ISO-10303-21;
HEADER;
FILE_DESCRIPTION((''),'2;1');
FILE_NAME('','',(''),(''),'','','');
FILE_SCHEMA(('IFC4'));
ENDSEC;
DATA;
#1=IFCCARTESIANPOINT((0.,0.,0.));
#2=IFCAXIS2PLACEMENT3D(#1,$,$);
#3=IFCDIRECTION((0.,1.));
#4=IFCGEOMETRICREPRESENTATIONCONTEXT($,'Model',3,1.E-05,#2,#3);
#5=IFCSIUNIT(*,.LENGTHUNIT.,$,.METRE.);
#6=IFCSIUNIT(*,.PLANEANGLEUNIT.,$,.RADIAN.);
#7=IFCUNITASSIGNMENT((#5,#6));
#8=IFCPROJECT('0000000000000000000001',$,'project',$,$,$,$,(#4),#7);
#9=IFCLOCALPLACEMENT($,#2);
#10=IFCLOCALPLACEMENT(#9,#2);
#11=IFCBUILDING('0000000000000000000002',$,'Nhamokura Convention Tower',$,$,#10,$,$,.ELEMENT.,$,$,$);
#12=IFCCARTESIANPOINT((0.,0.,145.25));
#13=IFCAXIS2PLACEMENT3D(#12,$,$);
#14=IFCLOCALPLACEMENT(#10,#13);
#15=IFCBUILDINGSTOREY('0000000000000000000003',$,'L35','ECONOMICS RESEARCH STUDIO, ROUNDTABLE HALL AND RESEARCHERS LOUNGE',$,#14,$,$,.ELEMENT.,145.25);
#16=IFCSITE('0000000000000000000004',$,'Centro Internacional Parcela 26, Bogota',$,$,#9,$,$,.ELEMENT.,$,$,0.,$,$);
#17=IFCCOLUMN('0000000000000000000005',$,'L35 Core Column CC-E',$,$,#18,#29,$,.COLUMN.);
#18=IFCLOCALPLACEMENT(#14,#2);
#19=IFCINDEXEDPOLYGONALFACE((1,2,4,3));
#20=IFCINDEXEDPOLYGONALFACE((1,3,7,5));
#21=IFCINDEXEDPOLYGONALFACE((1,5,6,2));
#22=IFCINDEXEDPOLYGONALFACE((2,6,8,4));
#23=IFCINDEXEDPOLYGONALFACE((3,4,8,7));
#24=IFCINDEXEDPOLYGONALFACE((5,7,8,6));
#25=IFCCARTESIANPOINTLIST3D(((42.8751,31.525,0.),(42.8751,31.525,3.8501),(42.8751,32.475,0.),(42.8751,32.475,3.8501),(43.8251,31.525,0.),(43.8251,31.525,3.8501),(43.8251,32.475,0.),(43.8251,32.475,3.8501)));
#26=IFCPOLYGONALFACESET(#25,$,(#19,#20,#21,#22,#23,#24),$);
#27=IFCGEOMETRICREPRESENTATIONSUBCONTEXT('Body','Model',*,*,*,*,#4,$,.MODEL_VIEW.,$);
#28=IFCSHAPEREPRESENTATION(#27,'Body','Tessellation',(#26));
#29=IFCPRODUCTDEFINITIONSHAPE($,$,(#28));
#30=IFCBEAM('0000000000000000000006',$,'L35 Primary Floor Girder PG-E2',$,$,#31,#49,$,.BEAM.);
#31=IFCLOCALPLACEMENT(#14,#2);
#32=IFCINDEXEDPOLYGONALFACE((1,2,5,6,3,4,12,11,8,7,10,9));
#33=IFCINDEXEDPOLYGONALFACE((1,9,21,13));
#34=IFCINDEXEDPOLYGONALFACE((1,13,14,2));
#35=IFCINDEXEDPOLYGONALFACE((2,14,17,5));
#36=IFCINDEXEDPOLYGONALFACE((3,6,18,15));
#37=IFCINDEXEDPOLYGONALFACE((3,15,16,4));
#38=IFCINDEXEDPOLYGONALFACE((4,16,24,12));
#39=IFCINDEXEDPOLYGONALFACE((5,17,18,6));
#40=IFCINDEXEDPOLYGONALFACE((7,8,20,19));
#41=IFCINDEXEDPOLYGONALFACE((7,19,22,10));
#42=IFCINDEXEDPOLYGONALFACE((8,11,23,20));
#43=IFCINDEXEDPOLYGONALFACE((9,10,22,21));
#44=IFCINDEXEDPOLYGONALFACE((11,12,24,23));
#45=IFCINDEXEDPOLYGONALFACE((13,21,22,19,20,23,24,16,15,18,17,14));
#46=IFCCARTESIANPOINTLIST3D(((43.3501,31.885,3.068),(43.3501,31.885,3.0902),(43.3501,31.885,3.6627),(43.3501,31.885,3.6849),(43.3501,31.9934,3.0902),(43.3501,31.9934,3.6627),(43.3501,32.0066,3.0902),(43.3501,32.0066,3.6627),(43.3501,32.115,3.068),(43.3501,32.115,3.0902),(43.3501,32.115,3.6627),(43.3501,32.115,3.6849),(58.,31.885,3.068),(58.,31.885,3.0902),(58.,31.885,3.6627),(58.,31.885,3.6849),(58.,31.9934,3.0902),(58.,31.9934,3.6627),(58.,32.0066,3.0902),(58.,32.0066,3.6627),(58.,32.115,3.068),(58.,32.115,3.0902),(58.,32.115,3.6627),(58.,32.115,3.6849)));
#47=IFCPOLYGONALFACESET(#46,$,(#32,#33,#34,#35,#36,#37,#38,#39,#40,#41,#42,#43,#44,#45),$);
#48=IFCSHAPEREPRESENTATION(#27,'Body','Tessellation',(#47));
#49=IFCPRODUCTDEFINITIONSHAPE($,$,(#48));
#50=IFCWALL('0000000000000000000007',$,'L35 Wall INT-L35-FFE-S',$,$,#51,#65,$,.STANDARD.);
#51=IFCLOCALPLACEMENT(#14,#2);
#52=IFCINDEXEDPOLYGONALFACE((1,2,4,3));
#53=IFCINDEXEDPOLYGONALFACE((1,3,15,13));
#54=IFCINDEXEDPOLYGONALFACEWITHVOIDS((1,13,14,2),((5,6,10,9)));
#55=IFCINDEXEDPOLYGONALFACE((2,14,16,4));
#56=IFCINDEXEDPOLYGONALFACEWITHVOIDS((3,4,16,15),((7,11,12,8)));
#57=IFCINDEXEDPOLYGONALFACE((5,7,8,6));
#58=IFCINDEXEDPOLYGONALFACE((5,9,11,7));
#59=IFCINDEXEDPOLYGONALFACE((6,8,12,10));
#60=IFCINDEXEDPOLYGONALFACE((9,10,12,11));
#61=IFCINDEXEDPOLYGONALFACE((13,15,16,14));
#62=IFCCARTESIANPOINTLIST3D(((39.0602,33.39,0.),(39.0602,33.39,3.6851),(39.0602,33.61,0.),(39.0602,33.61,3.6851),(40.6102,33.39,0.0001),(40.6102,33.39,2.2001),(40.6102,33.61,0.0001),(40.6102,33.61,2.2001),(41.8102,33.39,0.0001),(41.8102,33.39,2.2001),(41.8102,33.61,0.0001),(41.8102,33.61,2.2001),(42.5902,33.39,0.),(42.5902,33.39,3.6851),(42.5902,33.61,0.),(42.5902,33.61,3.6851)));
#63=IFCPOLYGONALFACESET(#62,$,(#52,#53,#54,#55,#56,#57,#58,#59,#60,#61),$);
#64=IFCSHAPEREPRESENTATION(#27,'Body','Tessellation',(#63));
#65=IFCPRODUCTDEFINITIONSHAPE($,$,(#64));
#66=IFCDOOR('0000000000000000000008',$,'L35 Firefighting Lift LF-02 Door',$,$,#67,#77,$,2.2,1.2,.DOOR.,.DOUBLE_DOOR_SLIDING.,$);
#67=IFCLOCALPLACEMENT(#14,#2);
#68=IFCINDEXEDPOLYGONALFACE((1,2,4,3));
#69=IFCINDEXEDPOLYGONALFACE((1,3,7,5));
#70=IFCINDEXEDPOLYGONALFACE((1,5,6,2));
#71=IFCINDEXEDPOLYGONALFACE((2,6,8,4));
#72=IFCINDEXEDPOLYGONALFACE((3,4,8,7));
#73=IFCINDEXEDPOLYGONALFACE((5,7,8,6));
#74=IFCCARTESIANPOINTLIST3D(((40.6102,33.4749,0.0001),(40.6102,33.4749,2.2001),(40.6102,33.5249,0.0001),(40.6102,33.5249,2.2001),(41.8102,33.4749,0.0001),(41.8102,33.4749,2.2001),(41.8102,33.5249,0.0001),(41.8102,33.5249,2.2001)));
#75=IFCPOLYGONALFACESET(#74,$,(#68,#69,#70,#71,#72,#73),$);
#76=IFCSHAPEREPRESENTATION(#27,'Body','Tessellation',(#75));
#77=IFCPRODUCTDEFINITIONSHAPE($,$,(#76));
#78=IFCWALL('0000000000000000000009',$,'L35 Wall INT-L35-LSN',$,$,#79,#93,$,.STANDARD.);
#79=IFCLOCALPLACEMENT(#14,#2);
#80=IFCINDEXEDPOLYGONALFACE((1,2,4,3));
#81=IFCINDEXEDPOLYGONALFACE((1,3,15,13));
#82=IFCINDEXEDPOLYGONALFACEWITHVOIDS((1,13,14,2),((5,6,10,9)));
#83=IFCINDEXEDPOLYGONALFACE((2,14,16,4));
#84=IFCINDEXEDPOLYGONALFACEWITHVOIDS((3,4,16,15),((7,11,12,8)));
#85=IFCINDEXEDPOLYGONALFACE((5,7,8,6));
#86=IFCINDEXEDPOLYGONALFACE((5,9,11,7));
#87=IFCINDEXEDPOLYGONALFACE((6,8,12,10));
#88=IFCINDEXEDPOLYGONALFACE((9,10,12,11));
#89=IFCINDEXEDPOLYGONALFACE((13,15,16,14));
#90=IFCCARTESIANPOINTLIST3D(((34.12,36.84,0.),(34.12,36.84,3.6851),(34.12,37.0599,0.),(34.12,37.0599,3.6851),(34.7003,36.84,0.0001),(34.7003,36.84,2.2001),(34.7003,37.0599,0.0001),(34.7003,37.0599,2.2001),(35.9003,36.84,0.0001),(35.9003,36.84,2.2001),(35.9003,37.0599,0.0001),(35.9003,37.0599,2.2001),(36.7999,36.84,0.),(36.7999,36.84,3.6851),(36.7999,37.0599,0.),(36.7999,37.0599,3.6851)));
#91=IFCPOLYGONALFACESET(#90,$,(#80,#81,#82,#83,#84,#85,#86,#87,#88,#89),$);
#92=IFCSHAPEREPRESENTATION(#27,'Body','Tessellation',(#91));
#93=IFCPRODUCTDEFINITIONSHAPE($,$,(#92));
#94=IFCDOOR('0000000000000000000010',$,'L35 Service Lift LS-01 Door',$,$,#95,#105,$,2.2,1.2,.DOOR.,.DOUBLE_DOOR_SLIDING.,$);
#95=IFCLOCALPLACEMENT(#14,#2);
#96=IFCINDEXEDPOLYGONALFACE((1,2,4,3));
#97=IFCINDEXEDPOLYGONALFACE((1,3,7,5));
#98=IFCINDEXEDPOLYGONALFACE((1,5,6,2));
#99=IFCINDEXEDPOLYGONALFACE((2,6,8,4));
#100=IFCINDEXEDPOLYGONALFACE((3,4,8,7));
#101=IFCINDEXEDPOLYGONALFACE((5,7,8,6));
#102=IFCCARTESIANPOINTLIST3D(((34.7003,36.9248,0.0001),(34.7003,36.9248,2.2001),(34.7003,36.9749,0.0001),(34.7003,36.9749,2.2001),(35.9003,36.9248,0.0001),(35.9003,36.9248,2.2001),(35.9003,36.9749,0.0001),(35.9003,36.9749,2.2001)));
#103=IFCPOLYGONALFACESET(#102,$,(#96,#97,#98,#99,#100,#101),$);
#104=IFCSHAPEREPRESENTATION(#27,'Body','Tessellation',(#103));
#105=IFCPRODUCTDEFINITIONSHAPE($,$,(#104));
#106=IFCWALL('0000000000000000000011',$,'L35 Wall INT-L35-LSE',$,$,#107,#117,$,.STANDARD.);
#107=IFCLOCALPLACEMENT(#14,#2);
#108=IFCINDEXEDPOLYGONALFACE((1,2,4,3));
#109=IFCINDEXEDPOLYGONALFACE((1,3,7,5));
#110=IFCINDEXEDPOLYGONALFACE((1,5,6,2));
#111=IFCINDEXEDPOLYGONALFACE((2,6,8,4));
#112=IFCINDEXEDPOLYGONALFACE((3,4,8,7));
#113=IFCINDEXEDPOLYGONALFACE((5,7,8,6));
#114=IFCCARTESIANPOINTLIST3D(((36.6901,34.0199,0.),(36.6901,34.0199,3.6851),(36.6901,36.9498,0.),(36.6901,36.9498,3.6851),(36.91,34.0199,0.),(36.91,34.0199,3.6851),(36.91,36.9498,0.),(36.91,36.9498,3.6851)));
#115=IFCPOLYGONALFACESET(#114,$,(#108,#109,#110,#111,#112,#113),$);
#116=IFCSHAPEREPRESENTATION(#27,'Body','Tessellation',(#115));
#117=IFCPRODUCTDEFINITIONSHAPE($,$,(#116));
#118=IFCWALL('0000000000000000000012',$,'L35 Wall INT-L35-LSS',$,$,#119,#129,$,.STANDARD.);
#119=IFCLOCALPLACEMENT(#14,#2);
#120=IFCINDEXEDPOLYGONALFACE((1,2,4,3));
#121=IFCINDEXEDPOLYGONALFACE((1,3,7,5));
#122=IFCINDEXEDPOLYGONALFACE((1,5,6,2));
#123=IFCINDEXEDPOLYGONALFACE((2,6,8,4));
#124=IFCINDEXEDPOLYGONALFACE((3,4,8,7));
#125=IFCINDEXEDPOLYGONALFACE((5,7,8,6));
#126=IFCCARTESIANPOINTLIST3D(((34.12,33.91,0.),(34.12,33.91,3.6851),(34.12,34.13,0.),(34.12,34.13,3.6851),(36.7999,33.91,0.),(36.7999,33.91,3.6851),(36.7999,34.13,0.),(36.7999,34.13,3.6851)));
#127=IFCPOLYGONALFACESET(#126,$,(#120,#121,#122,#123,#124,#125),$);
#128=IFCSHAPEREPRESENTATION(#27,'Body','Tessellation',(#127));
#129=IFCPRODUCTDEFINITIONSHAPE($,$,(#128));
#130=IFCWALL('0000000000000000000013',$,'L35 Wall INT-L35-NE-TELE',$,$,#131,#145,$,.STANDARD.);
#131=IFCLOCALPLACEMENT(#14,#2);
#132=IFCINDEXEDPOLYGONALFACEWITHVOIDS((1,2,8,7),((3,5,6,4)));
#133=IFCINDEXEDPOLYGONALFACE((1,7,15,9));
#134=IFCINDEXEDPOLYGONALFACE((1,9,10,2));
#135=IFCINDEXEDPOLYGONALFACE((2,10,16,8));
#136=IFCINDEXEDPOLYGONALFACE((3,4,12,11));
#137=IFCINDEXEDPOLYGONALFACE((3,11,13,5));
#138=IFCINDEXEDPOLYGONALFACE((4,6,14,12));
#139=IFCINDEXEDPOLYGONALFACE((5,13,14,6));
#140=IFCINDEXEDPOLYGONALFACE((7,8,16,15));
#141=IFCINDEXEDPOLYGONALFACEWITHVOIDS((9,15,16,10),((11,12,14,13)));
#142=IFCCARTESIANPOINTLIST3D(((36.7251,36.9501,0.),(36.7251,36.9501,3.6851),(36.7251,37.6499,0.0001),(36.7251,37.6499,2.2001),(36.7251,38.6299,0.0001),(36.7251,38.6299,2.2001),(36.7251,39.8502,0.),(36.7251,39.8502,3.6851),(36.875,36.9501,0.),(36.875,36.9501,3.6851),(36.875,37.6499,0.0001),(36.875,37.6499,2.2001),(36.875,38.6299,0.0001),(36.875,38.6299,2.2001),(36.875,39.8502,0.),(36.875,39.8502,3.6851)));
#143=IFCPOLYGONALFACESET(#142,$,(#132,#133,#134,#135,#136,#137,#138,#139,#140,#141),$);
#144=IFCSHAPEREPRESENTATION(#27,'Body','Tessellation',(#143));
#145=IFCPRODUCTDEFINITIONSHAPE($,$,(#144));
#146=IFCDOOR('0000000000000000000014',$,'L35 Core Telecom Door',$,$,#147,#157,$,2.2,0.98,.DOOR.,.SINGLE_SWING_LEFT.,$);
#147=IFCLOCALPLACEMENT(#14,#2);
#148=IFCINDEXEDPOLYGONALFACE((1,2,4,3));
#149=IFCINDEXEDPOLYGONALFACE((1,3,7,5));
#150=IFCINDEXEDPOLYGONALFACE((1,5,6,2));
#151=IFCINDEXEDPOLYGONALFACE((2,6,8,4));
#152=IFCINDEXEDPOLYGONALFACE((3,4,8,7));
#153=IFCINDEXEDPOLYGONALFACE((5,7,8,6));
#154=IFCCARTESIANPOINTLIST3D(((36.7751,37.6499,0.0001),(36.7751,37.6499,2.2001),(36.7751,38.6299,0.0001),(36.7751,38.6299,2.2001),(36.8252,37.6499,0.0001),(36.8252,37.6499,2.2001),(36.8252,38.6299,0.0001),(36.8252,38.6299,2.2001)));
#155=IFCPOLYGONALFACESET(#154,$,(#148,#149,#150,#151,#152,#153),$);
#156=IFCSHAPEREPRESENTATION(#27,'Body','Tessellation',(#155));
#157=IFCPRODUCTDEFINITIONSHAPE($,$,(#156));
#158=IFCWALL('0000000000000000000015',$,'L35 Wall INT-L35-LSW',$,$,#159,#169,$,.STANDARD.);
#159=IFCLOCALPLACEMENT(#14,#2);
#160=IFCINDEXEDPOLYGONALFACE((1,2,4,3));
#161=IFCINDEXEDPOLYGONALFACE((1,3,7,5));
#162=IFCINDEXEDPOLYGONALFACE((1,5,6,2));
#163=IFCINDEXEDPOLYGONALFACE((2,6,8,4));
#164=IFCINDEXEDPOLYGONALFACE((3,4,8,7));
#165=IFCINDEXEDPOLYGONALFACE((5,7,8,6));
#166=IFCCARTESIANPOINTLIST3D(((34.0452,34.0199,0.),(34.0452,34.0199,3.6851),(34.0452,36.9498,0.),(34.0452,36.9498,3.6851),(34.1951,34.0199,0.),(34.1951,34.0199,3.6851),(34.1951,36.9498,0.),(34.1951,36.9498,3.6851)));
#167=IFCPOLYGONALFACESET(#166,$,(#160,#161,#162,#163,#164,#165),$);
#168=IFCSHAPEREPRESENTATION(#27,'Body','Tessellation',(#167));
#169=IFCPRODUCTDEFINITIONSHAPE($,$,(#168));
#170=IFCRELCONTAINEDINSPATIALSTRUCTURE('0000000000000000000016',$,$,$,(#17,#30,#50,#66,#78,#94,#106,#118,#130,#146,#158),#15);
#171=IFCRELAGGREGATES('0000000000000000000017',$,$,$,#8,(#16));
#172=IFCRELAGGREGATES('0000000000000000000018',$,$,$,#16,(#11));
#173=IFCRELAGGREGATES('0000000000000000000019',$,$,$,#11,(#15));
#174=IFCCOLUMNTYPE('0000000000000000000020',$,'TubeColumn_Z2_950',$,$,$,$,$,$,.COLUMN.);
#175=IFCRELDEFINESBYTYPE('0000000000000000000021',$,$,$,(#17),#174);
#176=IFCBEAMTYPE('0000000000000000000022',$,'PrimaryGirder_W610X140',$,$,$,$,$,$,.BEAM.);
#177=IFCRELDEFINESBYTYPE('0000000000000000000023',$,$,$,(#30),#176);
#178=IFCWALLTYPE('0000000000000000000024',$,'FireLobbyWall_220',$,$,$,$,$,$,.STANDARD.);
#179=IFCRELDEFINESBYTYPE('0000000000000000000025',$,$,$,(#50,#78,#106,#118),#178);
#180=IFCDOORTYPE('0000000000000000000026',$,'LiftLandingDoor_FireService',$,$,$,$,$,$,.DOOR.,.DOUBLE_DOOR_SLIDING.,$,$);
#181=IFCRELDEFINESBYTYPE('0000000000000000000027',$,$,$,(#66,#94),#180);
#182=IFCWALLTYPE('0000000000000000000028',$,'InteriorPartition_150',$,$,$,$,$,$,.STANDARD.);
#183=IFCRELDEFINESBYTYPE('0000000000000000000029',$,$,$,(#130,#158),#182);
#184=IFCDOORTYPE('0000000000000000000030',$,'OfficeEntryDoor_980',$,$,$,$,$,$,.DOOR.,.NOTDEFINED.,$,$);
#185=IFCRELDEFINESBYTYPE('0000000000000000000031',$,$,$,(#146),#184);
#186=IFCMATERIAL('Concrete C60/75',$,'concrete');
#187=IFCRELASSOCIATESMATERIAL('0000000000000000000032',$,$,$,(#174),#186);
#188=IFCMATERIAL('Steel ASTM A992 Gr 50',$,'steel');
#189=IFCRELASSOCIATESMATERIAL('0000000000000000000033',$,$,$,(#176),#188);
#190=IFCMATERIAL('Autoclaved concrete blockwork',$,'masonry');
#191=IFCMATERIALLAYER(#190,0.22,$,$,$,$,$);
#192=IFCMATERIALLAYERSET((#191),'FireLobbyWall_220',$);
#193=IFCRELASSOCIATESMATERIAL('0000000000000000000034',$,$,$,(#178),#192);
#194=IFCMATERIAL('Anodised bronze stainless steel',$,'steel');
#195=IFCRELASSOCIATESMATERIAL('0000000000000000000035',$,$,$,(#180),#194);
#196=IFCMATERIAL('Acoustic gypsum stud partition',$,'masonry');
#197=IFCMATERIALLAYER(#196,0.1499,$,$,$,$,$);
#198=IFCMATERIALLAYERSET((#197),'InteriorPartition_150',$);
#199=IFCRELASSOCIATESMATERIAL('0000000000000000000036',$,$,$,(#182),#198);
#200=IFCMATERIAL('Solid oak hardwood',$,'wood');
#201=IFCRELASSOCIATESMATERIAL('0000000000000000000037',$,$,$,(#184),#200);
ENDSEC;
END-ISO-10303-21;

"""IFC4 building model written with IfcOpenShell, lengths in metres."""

from ifc_helpers import new_model, si_unit, direction, frame, frame_2d, origin, origin_2d, place, context, subcontext, project, spatial, rectangle, i_section, extrude, material, layer, layer_set, material_profile, profile_set, type_object, element, fill, save


model = new_model("IFC4")

# Units and contexts
model_context = context("Model", 3, precision=1e-05, world=origin(), true_north=direction((0.0, 1.0)))
body_context = subcontext(model_context, "Body", "Model", "MODEL_VIEW")
ifc_project = project(units=[si_unit("LENGTHUNIT", "METRE"), si_unit("PLANEANGLEUNIT", "RADIAN")], contexts=[model_context])

# Site, building, storey
site_placement = place(None, origin())
site = spatial("IfcSite", under=ifc_project, at=site_placement, Name="Centro Internacional Parcela 26, Bogota", CompositionType="ELEMENT", RefElevation=0.0)
building_placement = place(site_placement, origin())
building = spatial("IfcBuilding", under=site, at=building_placement, Name="Nhamokura Convention Tower", CompositionType="ELEMENT")
storey_placement = place(building_placement, frame((0.0, 0.0, 145.25)))
storey = spatial("IfcBuildingStorey", under=building, at=storey_placement, Name="L35", Description="ECONOMICS RESEARCH STUDIO, ROUNDTABLE HALL AND RESEARCHERS LOUNGE", CompositionType="ELEMENT", Elevation=145.25)

# Column
ifc_material_1 = material(Name="Concrete C60/75", Category="concrete")
ifc_material_profile_1 = material_profile(ifc_material_1, rectangle(XDim=0.95, YDim=0.95, at=origin_2d()))
ifc_profile_set_1 = profile_set([ifc_material_profile_1], Name="Concrete C60/75")
column_type = type_object("IfcColumnType", Name="TubeColumn_Z2_950", PredefinedType="COLUMN", material=ifc_profile_set_1)
column_placement = place(storey_placement, frame((43.3501, 32.0, 0.0), z_axis=(0.0, 0.0, 1.0), x_axis=(1.0, 0.0, 0.0)))
element("IfcColumn", 1, at=column_placement, inside=storey, type_object=column_type, Name="L35 Core Column CC-E", PredefinedType="COLUMN", context=body_context, shape_type="SweptSolid", body=[
    extrude(rectangle(XDim=0.95, YDim=0.95, at=origin_2d()), origin(), (0.0, 0.0, 1.0), 3.8501),
])

# Beam
ifc_material_2 = material(Name="Steel ASTM A992 Gr 50", Category="steel")
ifc_material_profile_2 = material_profile(ifc_material_2, i_section(OverallWidth=0.23, OverallDepth=0.6169, WebThickness=0.0132, FlangeThickness=0.0222, at=origin_2d()))
ifc_profile_set_2 = profile_set([ifc_material_profile_2], Name="Steel ASTM A992 Gr 50")
beam_type = type_object("IfcBeamType", Name="PrimaryGirder_W610X140", PredefinedType="BEAM", material=ifc_profile_set_2)
beam_placement = place(storey_placement, frame((43.3501, 32.0, 3.3765), z_axis=(1.0, 0.0, 0.0), x_axis=(0.0, 1.0, 0.0)))
element("IfcBeam", 2, at=beam_placement, inside=storey, type_object=beam_type, Name="L35 Primary Floor Girder PG-E2", PredefinedType="BEAM", context=body_context, shape_type="SweptSolid", body=[
    extrude(i_section(OverallWidth=0.23, OverallDepth=0.6169, WebThickness=0.0132, FlangeThickness=0.0222, at=origin_2d()), origin(), (0.0, 0.0, 1.0), 14.6499),
])

# Walls, openings, doors
ifc_material_3 = material(Name="Autoclaved concrete blockwork", Category="masonry")
ifc_layer_1 = layer(ifc_material_3, 0.22)
ifc_layer_set_1 = layer_set([ifc_layer_1], Name="FireLobbyWall_220")
wall_type_1 = type_object("IfcWallType", Name="FireLobbyWall_220", PredefinedType="STANDARD", material=ifc_layer_set_1)
wall_1_placement = place(storey_placement, frame((39.0601, 33.5, 0.0), z_axis=(0.0, 0.0, 1.0), x_axis=(1.0, 0.0, 0.0)))
wall_1 = element("IfcWall", 3, at=wall_1_placement, inside=storey, type_object=wall_type_1, Name="L35 Wall INT-L35-FFE-S", PredefinedType="STANDARD", context=body_context, shape_type="SweptSolid", body=[
    extrude(rectangle(XDim=3.53, YDim=0.22, at=frame_2d((1.7651, 0.0))), origin(), (0.0, 0.0, 1.0), 3.6851),
])
opening_1_placement = place(wall_1_placement, frame((1.55, 0.0, 0.0)))
opening_1 = element("IfcOpeningElement", 4, at=opening_1_placement, cuts=wall_1, PredefinedType="OPENING", context=body_context, shape_type="SweptSolid", body=[
    extrude(rectangle(XDim=1.2, YDim=2.2, at=frame_2d((0.6001, 1.1001))), frame((0.0, 0.1199, 0.0), z_axis=(0.0, -1.0, 0.0), x_axis=(1.0, 0.0, 0.0)), (0.0, 0.0, 1.0), 0.24),
])
ifc_material_4 = material(Name="Anodised bronze stainless steel", Category="steel")
door_type_1 = type_object("IfcDoorType", Name="LiftLandingDoor_FireService", OperationType="DOUBLE_DOOR_SLIDING", PredefinedType="DOOR", material=ifc_material_4)
door_1_placement = place(opening_1_placement, origin())
door_1 = element("IfcDoor", 5, at=door_1_placement, inside=storey, type_object=door_type_1, Name="L35 Firefighting Lift LF-02 Door", OperationType="DOUBLE_DOOR_SLIDING", OverallHeight=2.2, OverallWidth=1.2, PredefinedType="DOOR", context=body_context, shape_type="SweptSolid", body=[
    extrude(rectangle(XDim=1.2, YDim=2.2, at=frame_2d((0.6001, 1.1001))), frame((0.0, 0.0249, 0.0), z_axis=(0.0, -1.0, 0.0), x_axis=(1.0, 0.0, 0.0)), (0.0, 0.0, 1.0), 0.05),
])
fill(opening_1, door_1)
wall_2_placement = place(storey_placement, frame((34.1201, 36.95, 0.0), z_axis=(0.0, 0.0, 1.0), x_axis=(1.0, 0.0, 0.0)))
wall_2 = element("IfcWall", 6, at=wall_2_placement, inside=storey, type_object=wall_type_1, Name="L35 Wall INT-L35-LSN", PredefinedType="STANDARD", context=body_context, shape_type="SweptSolid", body=[
    extrude(rectangle(XDim=2.6799, YDim=0.22, at=frame_2d((1.3398, 0.0))), origin(), (0.0, 0.0, 1.0), 3.6851),
])
opening_2_placement = place(wall_2_placement, frame((0.5801, 0.0, 0.0)))
opening_2 = element("IfcOpeningElement", 7, at=opening_2_placement, cuts=wall_2, PredefinedType="OPENING", context=body_context, shape_type="SweptSolid", body=[
    extrude(rectangle(XDim=1.2, YDim=2.2, at=frame_2d((0.6001, 1.1001))), frame((0.0, 0.1199, 0.0), z_axis=(0.0, -1.0, 0.0), x_axis=(1.0, 0.0, 0.0)), (0.0, 0.0, 1.0), 0.24),
])
door_2_placement = place(opening_2_placement, origin())
door_2 = element("IfcDoor", 8, at=door_2_placement, inside=storey, type_object=door_type_1, Name="L35 Service Lift LS-01 Door", OperationType="DOUBLE_DOOR_SLIDING", OverallHeight=2.2, OverallWidth=1.2, PredefinedType="DOOR", context=body_context, shape_type="SweptSolid", body=[
    extrude(rectangle(XDim=1.2, YDim=2.2, at=frame_2d((0.6001, 1.1001))), frame((0.0, 0.0249, 0.0), z_axis=(0.0, -1.0, 0.0), x_axis=(1.0, 0.0, 0.0)), (0.0, 0.0, 1.0), 0.05),
])
fill(opening_2, door_2)

# Walls
wall_3_placement = place(storey_placement, frame((36.8, 34.02, 0.0), z_axis=(0.0, 0.0, 1.0), x_axis=(0.0, 1.0, 0.0)))
element("IfcWall", 9, at=wall_3_placement, inside=storey, type_object=wall_type_1, Name="L35 Wall INT-L35-LSE", PredefinedType="STANDARD", context=body_context, shape_type="SweptSolid", body=[
    extrude(rectangle(XDim=2.9299, YDim=0.22, at=frame_2d((1.4648, 0.0))), origin(), (0.0, 0.0, 1.0), 3.6851),
])
wall_4_placement = place(storey_placement, frame((34.1201, 34.02, 0.0), z_axis=(0.0, 0.0, 1.0), x_axis=(1.0, 0.0, 0.0)))
element("IfcWall", 10, at=wall_4_placement, inside=storey, type_object=wall_type_1, Name="L35 Wall INT-L35-LSS", PredefinedType="STANDARD", context=body_context, shape_type="SweptSolid", body=[
    extrude(rectangle(XDim=2.6799, YDim=0.22, at=frame_2d((1.3398, 0.0))), origin(), (0.0, 0.0, 1.0), 3.6851),
])

# Wall, opening, door
ifc_material_5 = material(Name="Acoustic gypsum stud partition", Category="masonry")
ifc_layer_2 = layer(ifc_material_5, 0.1499)
ifc_layer_set_2 = layer_set([ifc_layer_2], Name="InteriorPartition_150")
wall_type_2 = type_object("IfcWallType", Name="InteriorPartition_150", PredefinedType="STANDARD", material=ifc_layer_set_2)
wall_5_placement = place(storey_placement, frame((36.8, 36.95, 0.0), z_axis=(0.0, 0.0, 1.0), x_axis=(0.0, 1.0, 0.0)))
wall_5 = element("IfcWall", 11, at=wall_5_placement, inside=storey, type_object=wall_type_2, Name="L35 Wall INT-L35-NE-TELE", PredefinedType="STANDARD", context=body_context, shape_type="SweptSolid", body=[
    extrude(rectangle(XDim=2.9001, YDim=0.1499, at=frame_2d((1.4502, 0.0))), origin(), (0.0, 0.0, 1.0), 3.6851),
])
opening_3_placement = place(wall_5_placement, frame((0.7, 0.0, 0.0)))
opening_3 = element("IfcOpeningElement", 12, at=opening_3_placement, cuts=wall_5, PredefinedType="OPENING", context=body_context, shape_type="SweptSolid", body=[
    extrude(rectangle(XDim=0.98, YDim=2.2, at=frame_2d((0.49, 1.1001))), frame((0.0, 0.085, 0.0), z_axis=(0.0, -1.0, 0.0), x_axis=(1.0, 0.0, 0.0)), (0.0, 0.0, 1.0), 0.1699),
])
ifc_material_6 = material(Name="Solid oak hardwood", Category="wood")
door_type_2 = type_object("IfcDoorType", Name="OfficeEntryDoor_980", OperationType="NOTDEFINED", PredefinedType="DOOR", material=ifc_material_6)
door_3_placement = place(opening_3_placement, origin())
door_3 = element("IfcDoor", 13, at=door_3_placement, inside=storey, type_object=door_type_2, Name="L35 Core Telecom Door", OperationType="SINGLE_SWING_LEFT", OverallHeight=2.2, OverallWidth=0.98, PredefinedType="DOOR", context=body_context, shape_type="SweptSolid", body=[
    extrude(rectangle(XDim=0.98, YDim=2.2, at=frame_2d((0.49, 1.1001))), frame((0.0, 0.0249, 0.0), z_axis=(0.0, -1.0, 0.0), x_axis=(1.0, 0.0, 0.0)), (0.0, 0.0, 1.0), 0.05),
])
fill(opening_3, door_3)

# Wall
wall_6_placement = place(storey_placement, frame((34.1201, 34.02, 0.0), z_axis=(0.0, 0.0, 1.0), x_axis=(0.0, 1.0, 0.0)))
element("IfcWall", 14, at=wall_6_placement, inside=storey, type_object=wall_type_2, Name="L35 Wall INT-L35-LSW", PredefinedType="STANDARD", context=body_context, shape_type="SweptSolid", body=[
    extrude(rectangle(XDim=2.9299, YDim=0.1499, at=frame_2d((1.4648, 0.0))), origin(), (0.0, 0.0, 1.0), 3.6851),
])

save(model, "model.ifc")
